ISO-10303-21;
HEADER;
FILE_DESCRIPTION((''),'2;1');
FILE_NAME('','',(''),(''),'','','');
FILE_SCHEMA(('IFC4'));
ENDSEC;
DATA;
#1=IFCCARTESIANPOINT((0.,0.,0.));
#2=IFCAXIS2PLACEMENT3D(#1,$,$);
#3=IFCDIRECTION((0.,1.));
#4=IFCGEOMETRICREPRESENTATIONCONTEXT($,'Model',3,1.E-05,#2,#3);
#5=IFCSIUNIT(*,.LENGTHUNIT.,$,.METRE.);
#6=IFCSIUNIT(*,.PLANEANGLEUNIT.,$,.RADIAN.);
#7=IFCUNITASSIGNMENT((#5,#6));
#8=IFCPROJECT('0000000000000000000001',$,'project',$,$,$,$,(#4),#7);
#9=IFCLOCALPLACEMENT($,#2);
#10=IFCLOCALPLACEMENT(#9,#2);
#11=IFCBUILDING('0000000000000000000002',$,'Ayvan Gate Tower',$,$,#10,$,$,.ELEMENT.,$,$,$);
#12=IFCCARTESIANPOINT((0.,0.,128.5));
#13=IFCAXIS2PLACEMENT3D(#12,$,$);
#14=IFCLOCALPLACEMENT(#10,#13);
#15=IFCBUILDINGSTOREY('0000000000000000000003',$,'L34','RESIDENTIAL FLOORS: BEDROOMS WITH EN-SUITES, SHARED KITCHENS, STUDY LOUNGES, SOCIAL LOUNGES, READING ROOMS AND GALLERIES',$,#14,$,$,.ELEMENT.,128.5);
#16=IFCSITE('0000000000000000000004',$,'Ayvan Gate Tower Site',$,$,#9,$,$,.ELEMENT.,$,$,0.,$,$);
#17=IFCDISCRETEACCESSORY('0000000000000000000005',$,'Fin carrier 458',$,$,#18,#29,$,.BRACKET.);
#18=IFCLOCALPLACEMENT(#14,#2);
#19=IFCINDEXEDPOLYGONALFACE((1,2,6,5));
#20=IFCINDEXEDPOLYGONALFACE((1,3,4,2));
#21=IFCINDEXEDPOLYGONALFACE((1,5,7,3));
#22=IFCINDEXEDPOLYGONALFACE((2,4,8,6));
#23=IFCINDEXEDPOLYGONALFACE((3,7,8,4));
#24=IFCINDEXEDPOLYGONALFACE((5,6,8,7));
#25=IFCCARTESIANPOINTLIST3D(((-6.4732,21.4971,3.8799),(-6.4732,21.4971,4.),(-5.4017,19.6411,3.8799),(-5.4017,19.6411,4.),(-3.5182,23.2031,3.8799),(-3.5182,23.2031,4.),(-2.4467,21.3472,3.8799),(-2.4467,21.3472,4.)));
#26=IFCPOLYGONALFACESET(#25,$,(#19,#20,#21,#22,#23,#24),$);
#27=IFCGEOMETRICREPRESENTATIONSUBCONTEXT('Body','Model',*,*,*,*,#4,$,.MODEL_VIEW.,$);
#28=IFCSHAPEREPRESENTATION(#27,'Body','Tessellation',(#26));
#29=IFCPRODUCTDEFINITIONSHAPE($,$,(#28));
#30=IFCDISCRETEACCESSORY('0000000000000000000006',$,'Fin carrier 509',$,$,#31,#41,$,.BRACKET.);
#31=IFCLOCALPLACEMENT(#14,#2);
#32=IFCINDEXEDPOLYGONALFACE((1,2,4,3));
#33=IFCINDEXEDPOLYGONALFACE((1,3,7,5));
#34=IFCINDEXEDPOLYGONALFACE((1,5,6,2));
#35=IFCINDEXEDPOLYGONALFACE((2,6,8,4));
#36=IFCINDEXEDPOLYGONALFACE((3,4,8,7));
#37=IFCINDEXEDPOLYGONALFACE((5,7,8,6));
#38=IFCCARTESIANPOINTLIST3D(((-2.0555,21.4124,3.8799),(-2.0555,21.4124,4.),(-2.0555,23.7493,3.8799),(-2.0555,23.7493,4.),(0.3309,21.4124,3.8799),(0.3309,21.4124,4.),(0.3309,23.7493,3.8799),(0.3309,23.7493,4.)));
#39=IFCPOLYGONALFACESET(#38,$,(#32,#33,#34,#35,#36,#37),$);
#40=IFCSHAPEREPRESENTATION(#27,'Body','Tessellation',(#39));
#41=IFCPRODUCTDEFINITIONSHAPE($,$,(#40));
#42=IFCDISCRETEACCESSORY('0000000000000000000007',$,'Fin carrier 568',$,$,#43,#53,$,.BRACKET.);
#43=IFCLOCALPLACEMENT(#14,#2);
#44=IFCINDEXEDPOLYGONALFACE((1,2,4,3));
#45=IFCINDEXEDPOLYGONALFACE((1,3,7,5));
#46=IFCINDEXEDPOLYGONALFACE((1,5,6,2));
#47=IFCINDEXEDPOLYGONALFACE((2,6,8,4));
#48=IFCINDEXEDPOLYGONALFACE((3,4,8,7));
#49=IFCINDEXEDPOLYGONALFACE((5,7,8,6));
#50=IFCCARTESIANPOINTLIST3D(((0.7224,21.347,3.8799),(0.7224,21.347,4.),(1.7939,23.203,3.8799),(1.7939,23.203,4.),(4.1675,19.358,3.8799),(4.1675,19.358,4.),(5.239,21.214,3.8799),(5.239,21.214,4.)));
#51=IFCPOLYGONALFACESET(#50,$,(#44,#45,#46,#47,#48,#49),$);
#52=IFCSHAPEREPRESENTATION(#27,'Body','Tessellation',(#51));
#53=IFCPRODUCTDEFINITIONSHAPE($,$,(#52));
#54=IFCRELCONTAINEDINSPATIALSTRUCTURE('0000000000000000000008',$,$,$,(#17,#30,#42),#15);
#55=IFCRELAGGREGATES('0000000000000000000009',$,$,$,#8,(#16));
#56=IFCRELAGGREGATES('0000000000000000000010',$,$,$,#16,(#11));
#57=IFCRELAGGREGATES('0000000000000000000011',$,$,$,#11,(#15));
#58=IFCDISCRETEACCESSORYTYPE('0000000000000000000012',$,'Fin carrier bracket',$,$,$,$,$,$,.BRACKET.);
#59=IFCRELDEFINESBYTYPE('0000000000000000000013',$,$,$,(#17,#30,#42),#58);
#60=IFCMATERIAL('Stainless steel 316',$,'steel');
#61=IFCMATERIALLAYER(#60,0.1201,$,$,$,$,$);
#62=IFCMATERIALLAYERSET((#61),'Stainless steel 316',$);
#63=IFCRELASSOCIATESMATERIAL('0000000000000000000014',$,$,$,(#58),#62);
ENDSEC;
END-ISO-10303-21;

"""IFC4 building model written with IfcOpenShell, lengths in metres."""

from ifc_helpers import new_model, si_unit, direction, frame, origin, origin_2d, place, context, subcontext, project, spatial, rectangle, extrude, material, layer, layer_set, type_object, element, save


model = new_model("IFC4")

# Units and contexts
model_context = context("Model", 3, precision=1e-05, world=origin(), true_north=direction((0.0, 1.0)))
body_context = subcontext(model_context, "Body", "Model", "MODEL_VIEW")
ifc_project = project(units=[si_unit("LENGTHUNIT", "METRE"), si_unit("PLANEANGLEUNIT", "RADIAN")], contexts=[model_context])

# Site, building, storey
site_placement = place(None, origin())
site = spatial("IfcSite", under=ifc_project, at=site_placement, Name="Ayvan Gate Tower Site", CompositionType="ELEMENT", RefElevation=0.0)
building_placement = place(site_placement, origin())
building = spatial("IfcBuilding", under=site, at=building_placement, Name="Ayvan Gate Tower", CompositionType="ELEMENT")
storey_placement = place(building_placement, frame((0.0, 0.0, 128.5)))
storey = spatial("IfcBuildingStorey", under=building, at=storey_placement, Name="L34", Description="RESIDENTIAL FLOORS: BEDROOMS WITH EN-SUITES, SHARED KITCHENS, STUDY LOUNGES, SOCIAL LOUNGES, READING ROOMS AND GALLERIES", CompositionType="ELEMENT", Elevation=128.5)

# Discrete accessories
ifc_material_1 = material(Name="Stainless steel 316", Category="steel")
ifc_layer_1 = layer(ifc_material_1, 0.1201)
ifc_layer_set_1 = layer_set([ifc_layer_1], Name="Stainless steel 316")
discrete_accessory_type = type_object("IfcDiscreteAccessoryType", Name="Fin carrier bracket", PredefinedType="BRACKET", material=ifc_layer_set_1)
discrete_accessory_1_placement = place(storey_placement, frame((-4.46, 21.4221, 3.8799), z_axis=(0.0, 0.0, 1.0), x_axis=(-0.866025, -0.5, 0.0)))
element("IfcDiscreteAccessory", 1, at=discrete_accessory_1_placement, inside=storey, type_object=discrete_accessory_type, Name="Fin carrier 458", PredefinedType="BRACKET", context=body_context, shape_type="SweptSolid", body=[
    extrude(rectangle(XDim=3.4121, YDim=2.1431, at=origin_2d()), origin(), (0.0, 0.0, 1.0), 0.1201),
])
discrete_accessory_2_placement = place(storey_placement, frame((-0.8623, 22.5808, 3.8799), z_axis=(0.0, 0.0, 1.0), x_axis=(-1.0, 0.0, 0.0)))
element("IfcDiscreteAccessory", 2, at=discrete_accessory_2_placement, inside=storey, type_object=discrete_accessory_type, Name="Fin carrier 509", PredefinedType="BRACKET", context=body_context, shape_type="SweptSolid", body=[
    extrude(rectangle(XDim=2.3865, YDim=2.3369, at=origin_2d()), origin(), (0.0, 0.0, 1.0), 0.1201),
])
discrete_accessory_3_placement = place(storey_placement, frame((2.9807, 21.2805, 3.8799), z_axis=(0.0, 0.0, 1.0), x_axis=(-0.866025, 0.5, 0.0)))
element("IfcDiscreteAccessory", 3, at=discrete_accessory_3_placement, inside=storey, type_object=discrete_accessory_type, Name="Fin carrier 568", PredefinedType="BRACKET", context=body_context, shape_type="SweptSolid", body=[
    extrude(rectangle(XDim=3.978, YDim=2.1431, at=origin_2d()), origin(), (0.0, 0.0, 1.0), 0.1201),
])

save(model, "model.ifc")
